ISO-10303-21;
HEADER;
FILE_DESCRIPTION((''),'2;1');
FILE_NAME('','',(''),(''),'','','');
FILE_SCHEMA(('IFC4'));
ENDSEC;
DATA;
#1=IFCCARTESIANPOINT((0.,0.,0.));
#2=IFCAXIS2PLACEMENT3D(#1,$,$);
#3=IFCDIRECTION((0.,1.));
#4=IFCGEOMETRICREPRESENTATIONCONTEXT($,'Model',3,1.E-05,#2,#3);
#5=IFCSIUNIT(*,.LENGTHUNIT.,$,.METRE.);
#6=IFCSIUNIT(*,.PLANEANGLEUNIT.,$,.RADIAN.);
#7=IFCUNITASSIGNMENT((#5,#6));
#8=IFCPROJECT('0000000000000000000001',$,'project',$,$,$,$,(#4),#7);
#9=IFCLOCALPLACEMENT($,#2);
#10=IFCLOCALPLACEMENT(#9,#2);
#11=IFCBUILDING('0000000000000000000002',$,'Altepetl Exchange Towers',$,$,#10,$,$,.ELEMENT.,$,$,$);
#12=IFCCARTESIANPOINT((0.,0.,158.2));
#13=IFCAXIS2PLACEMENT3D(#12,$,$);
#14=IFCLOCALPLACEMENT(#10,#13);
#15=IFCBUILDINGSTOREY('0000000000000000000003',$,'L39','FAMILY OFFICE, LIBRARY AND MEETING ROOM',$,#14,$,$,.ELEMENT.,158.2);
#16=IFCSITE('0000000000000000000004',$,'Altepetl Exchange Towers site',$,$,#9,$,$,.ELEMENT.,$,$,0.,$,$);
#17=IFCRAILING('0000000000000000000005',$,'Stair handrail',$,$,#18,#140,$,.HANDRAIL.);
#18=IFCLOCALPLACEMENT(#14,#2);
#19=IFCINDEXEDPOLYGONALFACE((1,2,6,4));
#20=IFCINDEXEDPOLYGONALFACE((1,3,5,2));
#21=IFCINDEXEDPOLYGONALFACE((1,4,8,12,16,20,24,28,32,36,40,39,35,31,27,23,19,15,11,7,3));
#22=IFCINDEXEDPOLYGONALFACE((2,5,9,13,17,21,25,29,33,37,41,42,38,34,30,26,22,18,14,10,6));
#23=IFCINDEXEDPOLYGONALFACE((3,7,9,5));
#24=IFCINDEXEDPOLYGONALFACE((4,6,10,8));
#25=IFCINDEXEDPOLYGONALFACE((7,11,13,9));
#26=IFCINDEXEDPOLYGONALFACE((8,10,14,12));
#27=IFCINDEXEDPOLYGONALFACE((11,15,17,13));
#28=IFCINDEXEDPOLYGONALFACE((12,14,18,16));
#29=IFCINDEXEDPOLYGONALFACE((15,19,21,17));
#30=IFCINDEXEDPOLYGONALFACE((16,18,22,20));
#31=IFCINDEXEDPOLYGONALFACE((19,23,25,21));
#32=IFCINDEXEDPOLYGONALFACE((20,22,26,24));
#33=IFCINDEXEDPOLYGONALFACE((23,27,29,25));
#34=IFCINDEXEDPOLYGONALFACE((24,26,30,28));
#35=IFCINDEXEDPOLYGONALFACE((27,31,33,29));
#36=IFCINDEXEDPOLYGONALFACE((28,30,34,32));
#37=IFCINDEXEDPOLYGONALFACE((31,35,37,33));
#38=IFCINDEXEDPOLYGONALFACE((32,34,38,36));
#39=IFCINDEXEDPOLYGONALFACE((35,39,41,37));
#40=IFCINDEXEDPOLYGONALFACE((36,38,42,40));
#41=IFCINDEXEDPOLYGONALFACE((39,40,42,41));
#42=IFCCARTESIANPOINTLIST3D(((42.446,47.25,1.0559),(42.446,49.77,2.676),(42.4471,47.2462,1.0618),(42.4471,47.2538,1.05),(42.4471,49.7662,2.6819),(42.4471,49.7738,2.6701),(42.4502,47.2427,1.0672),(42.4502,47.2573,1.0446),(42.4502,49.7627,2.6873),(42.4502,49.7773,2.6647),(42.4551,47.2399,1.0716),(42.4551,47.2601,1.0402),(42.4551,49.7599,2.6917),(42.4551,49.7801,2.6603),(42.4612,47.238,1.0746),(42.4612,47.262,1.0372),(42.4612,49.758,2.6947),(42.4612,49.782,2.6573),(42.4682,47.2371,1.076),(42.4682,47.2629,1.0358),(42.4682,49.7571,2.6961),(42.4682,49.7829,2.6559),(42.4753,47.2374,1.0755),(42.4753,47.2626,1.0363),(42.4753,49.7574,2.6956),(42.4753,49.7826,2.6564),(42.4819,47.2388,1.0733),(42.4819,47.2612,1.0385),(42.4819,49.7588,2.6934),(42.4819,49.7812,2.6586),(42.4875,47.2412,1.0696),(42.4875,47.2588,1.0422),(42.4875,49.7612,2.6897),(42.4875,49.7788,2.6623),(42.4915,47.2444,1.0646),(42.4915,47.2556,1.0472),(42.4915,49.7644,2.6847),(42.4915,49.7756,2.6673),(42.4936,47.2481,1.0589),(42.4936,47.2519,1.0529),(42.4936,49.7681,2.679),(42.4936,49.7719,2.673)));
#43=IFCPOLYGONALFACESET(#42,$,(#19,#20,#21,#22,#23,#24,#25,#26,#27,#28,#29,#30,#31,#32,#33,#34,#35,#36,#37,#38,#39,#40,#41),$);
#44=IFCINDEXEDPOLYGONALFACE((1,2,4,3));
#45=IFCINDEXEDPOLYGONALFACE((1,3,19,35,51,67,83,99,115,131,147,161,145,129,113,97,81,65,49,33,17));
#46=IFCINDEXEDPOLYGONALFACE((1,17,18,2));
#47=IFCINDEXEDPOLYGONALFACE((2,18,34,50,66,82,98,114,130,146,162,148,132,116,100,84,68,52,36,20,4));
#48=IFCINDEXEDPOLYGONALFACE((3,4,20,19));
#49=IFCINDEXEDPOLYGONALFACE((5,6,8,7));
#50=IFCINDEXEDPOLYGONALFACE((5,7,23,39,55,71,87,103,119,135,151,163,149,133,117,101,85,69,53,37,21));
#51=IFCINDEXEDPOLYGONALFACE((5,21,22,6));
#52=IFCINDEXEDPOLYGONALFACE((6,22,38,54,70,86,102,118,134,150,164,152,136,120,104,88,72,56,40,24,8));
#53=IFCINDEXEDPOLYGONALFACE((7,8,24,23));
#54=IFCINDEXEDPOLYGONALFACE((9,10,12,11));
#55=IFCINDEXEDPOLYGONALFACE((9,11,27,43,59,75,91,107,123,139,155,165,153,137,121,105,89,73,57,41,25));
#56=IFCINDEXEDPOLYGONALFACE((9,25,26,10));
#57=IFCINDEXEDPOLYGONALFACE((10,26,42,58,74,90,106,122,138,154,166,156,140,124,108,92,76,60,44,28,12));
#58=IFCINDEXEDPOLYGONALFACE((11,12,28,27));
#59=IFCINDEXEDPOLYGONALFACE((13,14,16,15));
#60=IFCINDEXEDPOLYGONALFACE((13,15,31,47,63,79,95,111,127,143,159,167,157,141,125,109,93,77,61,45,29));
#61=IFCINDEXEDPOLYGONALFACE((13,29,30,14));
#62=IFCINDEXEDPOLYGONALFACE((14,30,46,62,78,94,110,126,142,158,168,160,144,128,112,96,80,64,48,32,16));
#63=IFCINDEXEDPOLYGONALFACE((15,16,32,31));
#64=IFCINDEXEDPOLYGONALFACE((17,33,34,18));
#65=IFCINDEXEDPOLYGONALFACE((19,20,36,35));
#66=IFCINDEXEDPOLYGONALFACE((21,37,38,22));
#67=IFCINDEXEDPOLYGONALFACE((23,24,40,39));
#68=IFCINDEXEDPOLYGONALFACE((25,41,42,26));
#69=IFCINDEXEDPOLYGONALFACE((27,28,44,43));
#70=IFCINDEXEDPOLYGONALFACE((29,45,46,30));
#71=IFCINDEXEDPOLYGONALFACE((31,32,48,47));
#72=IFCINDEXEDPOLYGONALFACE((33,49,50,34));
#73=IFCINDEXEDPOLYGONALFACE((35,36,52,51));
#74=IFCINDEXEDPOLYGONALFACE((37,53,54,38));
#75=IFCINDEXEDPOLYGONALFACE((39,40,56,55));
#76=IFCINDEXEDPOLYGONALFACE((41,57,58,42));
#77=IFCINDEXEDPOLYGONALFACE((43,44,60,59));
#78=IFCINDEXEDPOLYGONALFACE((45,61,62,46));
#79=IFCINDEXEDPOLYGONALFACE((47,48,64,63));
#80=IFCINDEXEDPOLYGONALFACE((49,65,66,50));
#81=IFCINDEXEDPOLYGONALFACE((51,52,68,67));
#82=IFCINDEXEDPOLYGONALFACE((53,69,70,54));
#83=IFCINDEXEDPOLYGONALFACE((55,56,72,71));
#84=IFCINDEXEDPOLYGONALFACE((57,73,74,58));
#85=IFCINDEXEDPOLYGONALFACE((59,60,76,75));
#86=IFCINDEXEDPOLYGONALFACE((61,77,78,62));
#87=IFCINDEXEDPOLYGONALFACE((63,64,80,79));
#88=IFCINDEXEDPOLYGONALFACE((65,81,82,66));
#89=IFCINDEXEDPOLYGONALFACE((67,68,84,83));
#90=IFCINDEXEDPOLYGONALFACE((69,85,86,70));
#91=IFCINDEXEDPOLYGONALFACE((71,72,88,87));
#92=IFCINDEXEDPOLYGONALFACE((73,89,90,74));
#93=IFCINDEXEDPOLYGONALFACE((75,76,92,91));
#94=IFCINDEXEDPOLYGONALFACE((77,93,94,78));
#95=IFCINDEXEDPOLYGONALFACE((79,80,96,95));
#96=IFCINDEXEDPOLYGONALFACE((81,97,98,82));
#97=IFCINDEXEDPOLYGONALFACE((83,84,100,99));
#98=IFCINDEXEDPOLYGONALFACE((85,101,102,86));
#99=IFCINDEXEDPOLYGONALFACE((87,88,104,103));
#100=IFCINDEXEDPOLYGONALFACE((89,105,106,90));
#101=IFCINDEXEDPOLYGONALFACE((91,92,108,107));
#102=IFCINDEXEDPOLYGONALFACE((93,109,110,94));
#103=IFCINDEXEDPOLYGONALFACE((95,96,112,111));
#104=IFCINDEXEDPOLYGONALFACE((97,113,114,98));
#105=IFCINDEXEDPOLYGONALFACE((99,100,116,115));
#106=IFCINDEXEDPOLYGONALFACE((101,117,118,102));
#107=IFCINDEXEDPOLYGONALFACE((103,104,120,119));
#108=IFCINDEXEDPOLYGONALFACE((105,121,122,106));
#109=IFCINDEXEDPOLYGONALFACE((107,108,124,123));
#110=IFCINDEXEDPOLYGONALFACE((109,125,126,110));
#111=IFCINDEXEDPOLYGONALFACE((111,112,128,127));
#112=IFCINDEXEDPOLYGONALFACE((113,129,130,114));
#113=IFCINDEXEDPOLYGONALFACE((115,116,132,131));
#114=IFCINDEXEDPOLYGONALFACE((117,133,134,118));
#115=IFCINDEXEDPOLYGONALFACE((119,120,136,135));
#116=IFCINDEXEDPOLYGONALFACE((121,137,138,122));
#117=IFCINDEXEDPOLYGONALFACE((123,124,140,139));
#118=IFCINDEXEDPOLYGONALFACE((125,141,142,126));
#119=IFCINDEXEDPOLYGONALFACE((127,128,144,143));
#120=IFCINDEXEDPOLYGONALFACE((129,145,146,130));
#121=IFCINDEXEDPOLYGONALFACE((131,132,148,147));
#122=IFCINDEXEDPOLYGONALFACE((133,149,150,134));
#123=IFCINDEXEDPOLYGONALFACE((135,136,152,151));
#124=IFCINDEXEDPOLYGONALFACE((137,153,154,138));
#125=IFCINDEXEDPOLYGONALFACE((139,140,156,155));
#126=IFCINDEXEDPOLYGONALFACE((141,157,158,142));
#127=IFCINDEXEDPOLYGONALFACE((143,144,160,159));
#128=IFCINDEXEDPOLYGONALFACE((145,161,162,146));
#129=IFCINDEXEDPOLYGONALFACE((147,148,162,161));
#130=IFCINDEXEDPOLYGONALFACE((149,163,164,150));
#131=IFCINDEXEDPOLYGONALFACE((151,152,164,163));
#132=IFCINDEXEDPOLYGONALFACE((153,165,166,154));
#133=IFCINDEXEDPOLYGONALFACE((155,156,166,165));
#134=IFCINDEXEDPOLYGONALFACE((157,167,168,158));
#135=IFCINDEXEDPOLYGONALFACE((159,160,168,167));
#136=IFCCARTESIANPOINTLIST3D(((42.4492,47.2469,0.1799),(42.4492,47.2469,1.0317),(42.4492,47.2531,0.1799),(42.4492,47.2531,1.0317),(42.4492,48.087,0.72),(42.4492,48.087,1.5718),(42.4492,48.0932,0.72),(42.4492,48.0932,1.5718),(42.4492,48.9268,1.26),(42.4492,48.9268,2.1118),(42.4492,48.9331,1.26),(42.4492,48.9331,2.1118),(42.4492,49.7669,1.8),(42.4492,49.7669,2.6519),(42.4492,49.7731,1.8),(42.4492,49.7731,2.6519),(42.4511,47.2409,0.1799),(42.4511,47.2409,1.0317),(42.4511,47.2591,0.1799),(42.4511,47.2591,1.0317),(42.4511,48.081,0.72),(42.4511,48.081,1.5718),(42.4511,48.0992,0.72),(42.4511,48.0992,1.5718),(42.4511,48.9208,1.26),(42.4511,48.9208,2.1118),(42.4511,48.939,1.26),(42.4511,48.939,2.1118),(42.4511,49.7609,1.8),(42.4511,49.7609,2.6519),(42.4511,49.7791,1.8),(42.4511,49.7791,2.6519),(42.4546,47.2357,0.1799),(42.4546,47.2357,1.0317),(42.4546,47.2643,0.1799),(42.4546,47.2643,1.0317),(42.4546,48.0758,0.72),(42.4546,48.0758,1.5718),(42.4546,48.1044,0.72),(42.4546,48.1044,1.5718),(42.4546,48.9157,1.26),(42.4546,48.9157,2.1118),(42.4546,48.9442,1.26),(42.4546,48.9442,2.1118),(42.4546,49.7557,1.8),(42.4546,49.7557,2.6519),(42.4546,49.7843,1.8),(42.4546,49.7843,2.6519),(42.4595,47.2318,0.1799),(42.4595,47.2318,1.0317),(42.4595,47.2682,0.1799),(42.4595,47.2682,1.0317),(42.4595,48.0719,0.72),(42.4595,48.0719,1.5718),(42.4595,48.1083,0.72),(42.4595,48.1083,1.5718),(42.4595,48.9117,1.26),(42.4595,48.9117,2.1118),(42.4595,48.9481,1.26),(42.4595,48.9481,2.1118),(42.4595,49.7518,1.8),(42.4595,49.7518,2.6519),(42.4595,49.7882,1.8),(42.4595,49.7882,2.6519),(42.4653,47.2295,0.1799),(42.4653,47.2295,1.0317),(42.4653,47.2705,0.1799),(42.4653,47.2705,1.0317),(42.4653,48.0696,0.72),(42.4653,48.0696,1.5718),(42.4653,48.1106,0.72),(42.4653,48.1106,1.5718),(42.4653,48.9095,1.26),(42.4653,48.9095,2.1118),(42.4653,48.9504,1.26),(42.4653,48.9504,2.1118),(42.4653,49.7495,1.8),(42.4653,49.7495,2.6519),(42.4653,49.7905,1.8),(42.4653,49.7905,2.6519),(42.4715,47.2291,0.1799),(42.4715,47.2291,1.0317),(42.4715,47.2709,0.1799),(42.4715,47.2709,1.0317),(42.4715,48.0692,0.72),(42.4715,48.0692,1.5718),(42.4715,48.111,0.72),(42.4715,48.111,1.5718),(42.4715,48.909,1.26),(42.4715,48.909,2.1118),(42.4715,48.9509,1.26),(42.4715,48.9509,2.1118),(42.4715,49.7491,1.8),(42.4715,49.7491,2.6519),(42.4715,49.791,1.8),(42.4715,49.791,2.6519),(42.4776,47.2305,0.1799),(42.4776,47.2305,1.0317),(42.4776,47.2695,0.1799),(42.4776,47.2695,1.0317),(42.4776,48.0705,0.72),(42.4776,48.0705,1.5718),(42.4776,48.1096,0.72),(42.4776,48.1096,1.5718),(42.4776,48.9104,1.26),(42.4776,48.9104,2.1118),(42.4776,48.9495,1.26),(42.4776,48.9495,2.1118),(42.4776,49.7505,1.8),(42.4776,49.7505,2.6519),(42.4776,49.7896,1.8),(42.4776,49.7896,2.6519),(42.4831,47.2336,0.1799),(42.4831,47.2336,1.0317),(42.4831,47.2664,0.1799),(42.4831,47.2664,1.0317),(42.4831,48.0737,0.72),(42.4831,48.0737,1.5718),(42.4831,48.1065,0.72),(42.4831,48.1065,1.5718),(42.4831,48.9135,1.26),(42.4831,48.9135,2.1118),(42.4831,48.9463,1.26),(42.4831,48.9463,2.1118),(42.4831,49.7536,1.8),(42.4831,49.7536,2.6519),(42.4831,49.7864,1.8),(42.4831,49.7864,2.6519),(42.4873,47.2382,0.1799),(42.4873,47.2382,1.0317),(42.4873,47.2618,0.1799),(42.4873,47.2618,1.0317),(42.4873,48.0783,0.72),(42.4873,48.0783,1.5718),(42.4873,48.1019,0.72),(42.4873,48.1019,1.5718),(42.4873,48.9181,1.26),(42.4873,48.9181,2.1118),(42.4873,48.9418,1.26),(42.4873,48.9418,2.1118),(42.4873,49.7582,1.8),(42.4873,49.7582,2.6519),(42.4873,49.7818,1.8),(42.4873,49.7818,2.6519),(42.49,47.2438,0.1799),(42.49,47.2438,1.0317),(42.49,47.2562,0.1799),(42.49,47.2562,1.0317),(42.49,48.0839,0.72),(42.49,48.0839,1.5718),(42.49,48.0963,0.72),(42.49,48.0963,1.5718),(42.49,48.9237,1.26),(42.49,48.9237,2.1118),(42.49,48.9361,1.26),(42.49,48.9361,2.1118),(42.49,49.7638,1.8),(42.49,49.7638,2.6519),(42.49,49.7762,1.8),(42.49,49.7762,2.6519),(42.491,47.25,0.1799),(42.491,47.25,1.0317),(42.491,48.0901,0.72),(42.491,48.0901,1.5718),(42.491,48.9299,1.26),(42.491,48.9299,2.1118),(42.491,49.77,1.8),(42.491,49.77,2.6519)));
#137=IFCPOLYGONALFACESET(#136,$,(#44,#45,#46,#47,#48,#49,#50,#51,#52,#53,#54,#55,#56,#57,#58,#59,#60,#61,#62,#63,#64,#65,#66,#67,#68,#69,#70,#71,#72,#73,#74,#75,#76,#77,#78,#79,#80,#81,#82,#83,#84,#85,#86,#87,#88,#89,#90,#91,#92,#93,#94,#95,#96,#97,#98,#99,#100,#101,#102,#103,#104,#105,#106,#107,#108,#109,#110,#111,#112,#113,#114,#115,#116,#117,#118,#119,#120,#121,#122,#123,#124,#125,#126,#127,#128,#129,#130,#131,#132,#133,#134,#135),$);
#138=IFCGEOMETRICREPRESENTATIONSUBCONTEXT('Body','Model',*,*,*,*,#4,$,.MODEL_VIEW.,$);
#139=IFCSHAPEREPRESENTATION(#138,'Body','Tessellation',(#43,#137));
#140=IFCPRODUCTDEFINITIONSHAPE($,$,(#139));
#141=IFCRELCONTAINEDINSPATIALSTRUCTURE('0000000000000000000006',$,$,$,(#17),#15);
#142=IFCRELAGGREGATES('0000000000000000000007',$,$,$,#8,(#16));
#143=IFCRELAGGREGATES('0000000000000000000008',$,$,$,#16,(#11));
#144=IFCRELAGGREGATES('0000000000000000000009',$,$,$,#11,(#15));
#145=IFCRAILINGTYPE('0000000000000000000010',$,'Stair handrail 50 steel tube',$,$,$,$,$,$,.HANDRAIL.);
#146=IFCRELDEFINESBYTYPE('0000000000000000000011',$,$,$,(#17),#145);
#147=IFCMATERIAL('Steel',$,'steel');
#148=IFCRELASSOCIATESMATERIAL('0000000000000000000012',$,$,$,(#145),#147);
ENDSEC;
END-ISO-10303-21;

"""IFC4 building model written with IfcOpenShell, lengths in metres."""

from ifc_helpers import new_model, si_unit, direction, frame, origin, origin_2d, place, context, subcontext, project, spatial, circle, extrude, source, transform, mapped, material, type_object, element, save


model = new_model("IFC4")

# Units and contexts
model_context = context("Model", 3, precision=1e-05, world=origin(), true_north=direction((0.0, 1.0)))
body_context = subcontext(model_context, "Body", "Model", "MODEL_VIEW")
ifc_project = project(units=[si_unit("LENGTHUNIT", "METRE"), si_unit("PLANEANGLEUNIT", "RADIAN")], contexts=[model_context])

# Site, building, storey
site_placement = place(None, origin())
site = spatial("IfcSite", under=ifc_project, at=site_placement, Name="Altepetl Exchange Towers site", CompositionType="ELEMENT", RefElevation=0.0)
building_placement = place(site_placement, origin())
building = spatial("IfcBuilding", under=site, at=building_placement, Name="Altepetl Exchange Towers", CompositionType="ELEMENT")
storey_placement = place(building_placement, frame((0.0, 0.0, 158.2)))
storey = spatial("IfcBuildingStorey", under=building, at=storey_placement, Name="L39", Description="FAMILY OFFICE, LIBRARY AND MEETING ROOM", CompositionType="ELEMENT", Elevation=158.2)

# Railing
ifc_material_1 = material(Name="Steel", Category="steel")
railing_type = type_object("IfcRailingType", Name="Stair handrail 50 steel tube", PredefinedType="HANDRAIL", material=ifc_material_1)
shared_shape = source(origin(), body_context, "Body", "SweptSolid", [
    extrude(circle(Radius=0.021, at=origin_2d()), origin(), (0.0, 0.0, 1.0), 0.8518),
])
railing_1_placement = place(storey_placement, frame((42.47, 47.25, 0.1799)))
element("IfcRailing", 1, at=railing_1_placement, inside=storey, type_object=railing_type, Name="Stair handrail", PredefinedType="HANDRAIL", context=body_context, shape_type="SweptSolid", body=[
    extrude(circle(Radius=0.0239, at=origin_2d()), frame((0.0, 0.0, 0.876), z_axis=(0.0, 0.841163, 0.540782), x_axis=(-1.0, 0.0, 0.0)), (0.0, 0.0, 1.0), 2.9958),
    mapped(shared_shape, transform((0.0, 0.0, 0.0))),
    mapped(shared_shape, transform((0.0, 0.8401, 0.54))),
    mapped(shared_shape, transform((0.0, 1.6799, 1.0801))),
    mapped(shared_shape, transform((0.0, 2.52, 1.6201))),
])

save(model, "model.ifc")
